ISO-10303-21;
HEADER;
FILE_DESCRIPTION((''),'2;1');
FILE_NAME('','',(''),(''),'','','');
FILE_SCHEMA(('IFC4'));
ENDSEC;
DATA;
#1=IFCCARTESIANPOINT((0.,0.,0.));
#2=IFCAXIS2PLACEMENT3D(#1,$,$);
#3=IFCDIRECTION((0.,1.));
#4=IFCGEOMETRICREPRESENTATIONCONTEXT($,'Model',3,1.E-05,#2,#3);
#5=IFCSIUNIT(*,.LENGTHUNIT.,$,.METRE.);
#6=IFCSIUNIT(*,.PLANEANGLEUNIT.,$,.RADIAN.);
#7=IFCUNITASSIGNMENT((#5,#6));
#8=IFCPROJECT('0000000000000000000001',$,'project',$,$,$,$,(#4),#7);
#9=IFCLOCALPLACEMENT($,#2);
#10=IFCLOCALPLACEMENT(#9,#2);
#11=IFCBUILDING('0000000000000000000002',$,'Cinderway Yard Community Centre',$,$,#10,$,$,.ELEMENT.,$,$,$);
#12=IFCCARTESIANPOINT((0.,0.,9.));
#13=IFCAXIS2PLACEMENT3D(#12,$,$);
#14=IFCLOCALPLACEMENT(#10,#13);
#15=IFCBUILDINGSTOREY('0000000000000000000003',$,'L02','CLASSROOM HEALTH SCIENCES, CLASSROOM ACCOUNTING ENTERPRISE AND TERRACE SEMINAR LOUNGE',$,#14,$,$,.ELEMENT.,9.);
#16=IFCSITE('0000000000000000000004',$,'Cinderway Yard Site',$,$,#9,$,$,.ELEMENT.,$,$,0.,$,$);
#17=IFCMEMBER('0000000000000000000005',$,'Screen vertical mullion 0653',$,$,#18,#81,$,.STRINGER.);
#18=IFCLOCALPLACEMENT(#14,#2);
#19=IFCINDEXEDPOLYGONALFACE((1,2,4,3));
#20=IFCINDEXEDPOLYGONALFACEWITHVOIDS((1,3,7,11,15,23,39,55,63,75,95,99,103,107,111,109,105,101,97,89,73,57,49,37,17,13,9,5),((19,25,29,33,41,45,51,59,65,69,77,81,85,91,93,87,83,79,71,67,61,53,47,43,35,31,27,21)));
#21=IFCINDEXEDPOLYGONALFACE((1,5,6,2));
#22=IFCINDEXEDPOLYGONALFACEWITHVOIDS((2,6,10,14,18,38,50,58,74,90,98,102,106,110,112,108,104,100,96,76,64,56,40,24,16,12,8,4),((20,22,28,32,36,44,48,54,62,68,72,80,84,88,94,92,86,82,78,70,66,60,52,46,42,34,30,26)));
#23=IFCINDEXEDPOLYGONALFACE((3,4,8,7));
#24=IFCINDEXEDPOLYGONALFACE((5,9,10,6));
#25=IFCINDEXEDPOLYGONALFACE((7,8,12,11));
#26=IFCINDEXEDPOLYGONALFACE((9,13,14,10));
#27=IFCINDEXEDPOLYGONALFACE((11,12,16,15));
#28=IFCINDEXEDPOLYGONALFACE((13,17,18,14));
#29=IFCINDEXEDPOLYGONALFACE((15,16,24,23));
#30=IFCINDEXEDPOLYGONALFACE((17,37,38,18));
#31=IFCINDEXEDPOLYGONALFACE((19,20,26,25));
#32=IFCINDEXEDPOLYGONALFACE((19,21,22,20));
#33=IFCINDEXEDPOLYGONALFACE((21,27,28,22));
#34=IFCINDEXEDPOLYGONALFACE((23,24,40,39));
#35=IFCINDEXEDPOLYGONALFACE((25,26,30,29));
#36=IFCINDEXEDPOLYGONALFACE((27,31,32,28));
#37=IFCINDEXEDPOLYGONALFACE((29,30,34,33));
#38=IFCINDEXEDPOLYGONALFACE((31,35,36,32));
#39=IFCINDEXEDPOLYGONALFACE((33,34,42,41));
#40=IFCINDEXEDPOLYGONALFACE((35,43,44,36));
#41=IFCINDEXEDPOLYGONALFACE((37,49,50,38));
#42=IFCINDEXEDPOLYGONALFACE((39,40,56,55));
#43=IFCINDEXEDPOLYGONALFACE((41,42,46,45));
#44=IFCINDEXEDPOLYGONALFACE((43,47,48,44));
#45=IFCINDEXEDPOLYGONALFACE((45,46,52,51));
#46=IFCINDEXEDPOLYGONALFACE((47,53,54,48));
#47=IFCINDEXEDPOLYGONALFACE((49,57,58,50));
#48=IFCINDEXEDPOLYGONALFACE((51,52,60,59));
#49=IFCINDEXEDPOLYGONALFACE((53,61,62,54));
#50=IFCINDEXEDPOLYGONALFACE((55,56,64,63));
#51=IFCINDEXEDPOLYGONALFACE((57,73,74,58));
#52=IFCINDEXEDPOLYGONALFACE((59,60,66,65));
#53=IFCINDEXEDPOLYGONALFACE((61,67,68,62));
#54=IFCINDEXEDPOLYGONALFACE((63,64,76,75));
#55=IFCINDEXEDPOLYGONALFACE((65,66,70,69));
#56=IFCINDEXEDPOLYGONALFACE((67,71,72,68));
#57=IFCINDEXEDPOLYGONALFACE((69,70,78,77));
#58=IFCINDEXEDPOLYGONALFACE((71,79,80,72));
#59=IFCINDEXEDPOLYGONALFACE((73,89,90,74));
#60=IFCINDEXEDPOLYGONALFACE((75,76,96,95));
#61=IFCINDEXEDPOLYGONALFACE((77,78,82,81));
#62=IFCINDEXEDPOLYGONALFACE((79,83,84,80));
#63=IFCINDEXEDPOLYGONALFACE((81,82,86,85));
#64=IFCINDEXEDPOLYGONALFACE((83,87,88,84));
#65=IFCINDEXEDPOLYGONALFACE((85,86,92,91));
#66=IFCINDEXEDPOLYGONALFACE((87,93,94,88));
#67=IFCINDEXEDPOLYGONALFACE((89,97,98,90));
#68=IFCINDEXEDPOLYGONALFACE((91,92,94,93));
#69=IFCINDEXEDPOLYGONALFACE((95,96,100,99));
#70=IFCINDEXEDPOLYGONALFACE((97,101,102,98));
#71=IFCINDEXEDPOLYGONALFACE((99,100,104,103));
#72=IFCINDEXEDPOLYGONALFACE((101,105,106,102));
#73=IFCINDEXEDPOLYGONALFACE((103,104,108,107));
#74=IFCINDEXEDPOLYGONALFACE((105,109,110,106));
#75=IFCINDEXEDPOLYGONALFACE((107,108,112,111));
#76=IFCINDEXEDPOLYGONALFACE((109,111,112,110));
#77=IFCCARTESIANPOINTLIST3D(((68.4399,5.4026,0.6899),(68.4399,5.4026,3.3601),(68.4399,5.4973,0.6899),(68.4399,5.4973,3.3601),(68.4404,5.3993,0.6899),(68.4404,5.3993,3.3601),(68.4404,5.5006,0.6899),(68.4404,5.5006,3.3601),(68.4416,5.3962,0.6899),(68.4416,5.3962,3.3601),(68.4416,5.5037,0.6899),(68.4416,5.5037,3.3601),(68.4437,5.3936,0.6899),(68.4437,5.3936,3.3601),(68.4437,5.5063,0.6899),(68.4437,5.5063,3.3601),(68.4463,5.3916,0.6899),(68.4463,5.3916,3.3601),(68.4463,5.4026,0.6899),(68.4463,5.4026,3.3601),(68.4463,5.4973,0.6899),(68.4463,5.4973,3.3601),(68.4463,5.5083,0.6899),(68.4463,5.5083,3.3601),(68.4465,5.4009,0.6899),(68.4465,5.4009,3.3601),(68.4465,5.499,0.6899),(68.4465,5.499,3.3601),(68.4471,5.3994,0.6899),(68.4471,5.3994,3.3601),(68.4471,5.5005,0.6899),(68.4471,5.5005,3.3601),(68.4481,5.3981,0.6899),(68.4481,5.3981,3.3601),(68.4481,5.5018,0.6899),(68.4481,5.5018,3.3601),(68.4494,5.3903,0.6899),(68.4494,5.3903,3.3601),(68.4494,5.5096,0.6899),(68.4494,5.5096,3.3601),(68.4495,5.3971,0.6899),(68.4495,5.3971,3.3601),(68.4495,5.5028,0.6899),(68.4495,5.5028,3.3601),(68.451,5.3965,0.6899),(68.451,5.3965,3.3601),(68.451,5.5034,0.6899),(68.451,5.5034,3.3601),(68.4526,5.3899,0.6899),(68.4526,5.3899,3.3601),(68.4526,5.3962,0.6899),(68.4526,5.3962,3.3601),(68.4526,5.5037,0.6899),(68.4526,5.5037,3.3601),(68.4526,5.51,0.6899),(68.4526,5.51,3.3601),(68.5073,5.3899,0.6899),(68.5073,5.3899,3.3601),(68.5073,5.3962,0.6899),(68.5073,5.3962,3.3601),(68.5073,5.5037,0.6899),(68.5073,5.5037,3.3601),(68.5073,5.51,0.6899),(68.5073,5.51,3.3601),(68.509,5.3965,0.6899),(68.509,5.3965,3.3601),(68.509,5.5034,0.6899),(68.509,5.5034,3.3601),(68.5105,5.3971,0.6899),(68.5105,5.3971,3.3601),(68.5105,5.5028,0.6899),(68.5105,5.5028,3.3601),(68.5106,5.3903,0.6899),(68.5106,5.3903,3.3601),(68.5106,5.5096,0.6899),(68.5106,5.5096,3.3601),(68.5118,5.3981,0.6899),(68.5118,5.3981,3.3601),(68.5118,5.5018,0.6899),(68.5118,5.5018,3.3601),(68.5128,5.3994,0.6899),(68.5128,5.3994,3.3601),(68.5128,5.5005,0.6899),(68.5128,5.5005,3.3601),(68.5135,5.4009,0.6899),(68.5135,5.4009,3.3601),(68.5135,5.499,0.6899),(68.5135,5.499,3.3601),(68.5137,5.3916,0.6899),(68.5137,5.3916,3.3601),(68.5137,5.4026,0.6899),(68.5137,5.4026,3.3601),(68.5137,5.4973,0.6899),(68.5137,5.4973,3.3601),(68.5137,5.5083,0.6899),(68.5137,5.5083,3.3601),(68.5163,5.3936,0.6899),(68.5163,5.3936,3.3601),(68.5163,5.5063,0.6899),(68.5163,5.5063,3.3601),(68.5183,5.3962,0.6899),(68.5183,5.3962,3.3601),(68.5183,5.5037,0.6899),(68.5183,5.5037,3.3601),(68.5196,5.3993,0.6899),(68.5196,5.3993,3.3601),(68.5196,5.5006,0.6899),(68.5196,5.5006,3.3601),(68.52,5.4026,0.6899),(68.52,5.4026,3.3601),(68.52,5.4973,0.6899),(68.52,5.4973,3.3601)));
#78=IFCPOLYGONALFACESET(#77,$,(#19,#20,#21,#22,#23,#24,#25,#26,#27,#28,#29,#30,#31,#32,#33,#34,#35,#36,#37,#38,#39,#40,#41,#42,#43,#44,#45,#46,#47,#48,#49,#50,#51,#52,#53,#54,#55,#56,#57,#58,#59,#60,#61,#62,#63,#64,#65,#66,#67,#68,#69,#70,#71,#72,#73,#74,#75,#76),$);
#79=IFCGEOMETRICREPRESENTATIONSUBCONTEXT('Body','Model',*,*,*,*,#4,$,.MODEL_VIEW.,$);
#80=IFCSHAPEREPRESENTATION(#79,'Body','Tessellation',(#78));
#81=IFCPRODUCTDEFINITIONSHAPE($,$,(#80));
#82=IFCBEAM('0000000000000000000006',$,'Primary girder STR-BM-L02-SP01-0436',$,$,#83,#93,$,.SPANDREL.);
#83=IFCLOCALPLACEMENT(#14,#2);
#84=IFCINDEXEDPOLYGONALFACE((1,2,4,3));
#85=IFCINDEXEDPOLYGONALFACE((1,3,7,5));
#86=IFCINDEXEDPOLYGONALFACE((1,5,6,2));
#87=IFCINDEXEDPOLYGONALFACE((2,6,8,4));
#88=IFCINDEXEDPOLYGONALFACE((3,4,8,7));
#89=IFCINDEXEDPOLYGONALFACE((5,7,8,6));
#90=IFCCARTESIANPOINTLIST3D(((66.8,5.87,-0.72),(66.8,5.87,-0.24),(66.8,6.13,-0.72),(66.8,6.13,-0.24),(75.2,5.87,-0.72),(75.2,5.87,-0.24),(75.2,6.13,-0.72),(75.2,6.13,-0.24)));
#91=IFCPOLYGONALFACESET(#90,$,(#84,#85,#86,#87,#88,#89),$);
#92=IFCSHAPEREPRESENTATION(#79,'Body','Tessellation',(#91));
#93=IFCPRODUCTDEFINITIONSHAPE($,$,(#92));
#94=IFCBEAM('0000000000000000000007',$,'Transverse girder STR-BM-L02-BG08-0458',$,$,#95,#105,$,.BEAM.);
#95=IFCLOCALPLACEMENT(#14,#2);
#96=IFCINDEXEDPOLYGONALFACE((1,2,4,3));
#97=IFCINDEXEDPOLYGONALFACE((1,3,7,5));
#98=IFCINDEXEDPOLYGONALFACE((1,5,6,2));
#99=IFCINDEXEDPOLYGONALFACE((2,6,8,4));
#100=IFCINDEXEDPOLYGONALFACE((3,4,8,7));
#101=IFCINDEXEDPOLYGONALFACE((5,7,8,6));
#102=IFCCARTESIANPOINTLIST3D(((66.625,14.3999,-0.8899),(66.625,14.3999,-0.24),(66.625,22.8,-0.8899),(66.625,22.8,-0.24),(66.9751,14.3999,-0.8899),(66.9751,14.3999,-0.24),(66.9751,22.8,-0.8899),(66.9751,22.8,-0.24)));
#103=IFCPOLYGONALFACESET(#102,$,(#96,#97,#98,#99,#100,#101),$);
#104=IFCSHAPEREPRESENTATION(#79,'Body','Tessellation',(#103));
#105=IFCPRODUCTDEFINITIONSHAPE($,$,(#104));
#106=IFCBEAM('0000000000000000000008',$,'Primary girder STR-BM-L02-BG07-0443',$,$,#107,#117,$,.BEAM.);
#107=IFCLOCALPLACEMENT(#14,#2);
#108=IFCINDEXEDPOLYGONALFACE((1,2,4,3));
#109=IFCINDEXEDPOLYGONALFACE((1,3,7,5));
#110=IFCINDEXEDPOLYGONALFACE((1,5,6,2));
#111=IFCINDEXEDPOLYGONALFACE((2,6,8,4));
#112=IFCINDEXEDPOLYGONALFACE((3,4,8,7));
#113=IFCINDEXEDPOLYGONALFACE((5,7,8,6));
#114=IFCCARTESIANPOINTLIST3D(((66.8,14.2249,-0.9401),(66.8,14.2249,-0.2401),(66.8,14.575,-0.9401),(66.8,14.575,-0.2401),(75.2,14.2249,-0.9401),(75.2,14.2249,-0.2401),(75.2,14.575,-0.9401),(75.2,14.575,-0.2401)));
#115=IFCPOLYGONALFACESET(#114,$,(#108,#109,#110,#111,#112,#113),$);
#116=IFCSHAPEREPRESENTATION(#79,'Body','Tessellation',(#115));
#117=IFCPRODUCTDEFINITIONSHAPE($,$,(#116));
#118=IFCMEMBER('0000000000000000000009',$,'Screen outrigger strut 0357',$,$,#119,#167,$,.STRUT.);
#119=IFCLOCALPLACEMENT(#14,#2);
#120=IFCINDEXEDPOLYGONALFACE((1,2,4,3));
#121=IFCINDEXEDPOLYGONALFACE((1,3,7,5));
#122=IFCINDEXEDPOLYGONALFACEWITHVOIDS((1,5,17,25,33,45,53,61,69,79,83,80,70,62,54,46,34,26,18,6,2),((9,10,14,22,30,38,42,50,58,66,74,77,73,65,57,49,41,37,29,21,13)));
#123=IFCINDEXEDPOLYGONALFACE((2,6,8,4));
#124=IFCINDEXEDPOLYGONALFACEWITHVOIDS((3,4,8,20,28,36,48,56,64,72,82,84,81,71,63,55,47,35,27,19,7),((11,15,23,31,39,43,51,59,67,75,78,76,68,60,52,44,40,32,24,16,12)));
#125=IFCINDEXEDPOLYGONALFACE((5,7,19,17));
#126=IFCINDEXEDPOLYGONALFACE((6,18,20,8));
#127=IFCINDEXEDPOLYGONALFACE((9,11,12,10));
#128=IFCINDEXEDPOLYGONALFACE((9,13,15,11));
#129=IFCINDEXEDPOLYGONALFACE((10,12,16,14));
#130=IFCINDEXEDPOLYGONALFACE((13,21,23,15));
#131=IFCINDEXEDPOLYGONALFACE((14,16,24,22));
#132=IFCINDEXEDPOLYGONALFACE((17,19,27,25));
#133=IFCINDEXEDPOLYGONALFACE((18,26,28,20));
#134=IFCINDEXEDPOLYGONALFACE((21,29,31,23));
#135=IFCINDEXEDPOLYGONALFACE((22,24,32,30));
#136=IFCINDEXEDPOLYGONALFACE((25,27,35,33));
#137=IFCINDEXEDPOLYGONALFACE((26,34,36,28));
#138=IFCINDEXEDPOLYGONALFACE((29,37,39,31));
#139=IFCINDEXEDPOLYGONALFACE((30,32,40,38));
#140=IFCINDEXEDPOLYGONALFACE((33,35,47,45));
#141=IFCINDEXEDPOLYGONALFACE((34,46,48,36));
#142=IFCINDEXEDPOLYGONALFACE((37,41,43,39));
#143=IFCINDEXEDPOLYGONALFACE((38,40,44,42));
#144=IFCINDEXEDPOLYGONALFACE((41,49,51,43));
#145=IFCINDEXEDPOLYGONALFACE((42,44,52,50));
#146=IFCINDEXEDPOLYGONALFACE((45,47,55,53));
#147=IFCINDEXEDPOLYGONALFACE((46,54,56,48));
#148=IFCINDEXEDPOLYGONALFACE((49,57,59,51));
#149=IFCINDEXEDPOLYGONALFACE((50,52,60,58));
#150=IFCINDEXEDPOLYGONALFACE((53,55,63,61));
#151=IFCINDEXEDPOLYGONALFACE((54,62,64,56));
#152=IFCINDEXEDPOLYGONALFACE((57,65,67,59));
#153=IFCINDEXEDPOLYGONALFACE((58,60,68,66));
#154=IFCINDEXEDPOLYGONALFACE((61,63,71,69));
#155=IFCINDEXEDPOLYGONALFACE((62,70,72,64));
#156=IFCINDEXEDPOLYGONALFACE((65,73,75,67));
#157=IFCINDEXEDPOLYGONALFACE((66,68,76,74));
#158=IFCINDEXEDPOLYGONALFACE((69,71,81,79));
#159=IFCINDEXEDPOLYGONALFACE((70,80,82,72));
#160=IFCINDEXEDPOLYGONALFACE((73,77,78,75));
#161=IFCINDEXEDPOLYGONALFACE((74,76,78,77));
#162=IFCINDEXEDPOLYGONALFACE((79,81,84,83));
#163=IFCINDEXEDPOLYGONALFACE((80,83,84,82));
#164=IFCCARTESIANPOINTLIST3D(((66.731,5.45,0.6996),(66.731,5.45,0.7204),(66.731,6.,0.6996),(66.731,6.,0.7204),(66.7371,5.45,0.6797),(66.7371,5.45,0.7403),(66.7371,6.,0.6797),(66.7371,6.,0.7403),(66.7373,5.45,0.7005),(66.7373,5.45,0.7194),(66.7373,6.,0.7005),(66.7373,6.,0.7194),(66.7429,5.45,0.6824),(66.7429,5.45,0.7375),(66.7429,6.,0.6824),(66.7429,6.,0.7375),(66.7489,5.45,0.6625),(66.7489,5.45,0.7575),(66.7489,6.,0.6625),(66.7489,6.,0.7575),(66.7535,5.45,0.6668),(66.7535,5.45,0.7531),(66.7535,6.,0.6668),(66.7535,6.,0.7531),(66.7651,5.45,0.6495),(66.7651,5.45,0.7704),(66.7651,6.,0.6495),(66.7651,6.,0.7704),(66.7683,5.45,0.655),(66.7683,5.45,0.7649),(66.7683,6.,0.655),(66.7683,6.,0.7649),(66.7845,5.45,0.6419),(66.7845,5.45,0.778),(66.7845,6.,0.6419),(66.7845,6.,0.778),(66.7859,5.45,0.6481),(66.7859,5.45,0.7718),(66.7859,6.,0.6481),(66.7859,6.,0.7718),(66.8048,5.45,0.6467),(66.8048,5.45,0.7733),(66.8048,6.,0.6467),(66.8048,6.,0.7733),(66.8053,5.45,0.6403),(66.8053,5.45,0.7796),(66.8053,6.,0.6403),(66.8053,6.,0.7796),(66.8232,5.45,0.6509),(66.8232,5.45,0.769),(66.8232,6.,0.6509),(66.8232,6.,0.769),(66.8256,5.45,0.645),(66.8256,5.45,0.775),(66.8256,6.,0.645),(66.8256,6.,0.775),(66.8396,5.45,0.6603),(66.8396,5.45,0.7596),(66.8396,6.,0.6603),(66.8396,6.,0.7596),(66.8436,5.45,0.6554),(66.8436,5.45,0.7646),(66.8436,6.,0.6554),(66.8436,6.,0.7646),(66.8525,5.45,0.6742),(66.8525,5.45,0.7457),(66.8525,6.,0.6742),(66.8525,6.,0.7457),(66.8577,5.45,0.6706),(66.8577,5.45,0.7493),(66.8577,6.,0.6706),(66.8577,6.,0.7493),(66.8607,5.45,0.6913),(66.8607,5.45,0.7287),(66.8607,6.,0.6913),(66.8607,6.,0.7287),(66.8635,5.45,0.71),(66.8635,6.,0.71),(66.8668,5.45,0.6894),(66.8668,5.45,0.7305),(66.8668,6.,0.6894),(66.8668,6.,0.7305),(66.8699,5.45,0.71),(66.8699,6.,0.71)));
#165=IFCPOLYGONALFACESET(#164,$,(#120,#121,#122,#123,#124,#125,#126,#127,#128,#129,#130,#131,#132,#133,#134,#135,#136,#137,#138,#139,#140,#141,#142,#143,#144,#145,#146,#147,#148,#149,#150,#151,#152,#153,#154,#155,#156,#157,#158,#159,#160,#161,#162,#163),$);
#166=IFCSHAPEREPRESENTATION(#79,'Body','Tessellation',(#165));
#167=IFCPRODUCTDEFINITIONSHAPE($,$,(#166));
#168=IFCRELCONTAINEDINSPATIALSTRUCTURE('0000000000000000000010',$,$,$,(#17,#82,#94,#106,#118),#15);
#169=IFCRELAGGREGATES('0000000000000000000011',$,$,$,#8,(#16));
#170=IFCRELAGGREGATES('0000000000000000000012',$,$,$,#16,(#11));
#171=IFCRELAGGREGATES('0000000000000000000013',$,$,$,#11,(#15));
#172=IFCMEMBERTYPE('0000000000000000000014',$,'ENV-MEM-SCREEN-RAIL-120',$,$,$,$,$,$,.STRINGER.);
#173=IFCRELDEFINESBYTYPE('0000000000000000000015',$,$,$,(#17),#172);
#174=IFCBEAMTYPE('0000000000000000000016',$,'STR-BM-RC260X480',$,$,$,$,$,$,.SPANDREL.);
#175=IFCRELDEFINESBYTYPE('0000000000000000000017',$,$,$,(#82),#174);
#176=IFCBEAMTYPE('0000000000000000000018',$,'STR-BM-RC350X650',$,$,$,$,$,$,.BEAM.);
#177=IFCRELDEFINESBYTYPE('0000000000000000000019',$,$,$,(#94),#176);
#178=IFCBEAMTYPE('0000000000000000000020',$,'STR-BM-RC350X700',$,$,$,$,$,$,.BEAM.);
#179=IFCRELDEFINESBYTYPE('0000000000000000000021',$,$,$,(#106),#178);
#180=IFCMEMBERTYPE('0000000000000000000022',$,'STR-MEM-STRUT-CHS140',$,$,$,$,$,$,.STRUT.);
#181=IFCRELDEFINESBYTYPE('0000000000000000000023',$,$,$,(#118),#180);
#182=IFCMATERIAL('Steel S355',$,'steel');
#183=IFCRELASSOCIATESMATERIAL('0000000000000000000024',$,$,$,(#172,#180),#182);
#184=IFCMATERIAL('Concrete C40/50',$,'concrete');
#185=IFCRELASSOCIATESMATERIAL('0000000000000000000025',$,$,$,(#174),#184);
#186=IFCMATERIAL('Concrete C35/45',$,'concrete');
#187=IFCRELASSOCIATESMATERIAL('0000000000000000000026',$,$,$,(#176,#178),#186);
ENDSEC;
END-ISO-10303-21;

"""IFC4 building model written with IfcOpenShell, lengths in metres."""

from ifc_helpers import new_model, si_unit, direction, frame, origin, origin_2d, place, context, subcontext, project, spatial, rectangle, hollow_rectangle, hollow_circle, extrude, material, material_profile, profile_set, type_object, element, save


model = new_model("IFC4")

# Units and contexts
model_context = context("Model", 3, precision=1e-05, world=origin(), true_north=direction((0.0, 1.0)))
body_context = subcontext(model_context, "Body", "Model", "MODEL_VIEW")
ifc_project = project(units=[si_unit("LENGTHUNIT", "METRE"), si_unit("PLANEANGLEUNIT", "RADIAN")], contexts=[model_context])

# Site, building, storey
site_placement = place(None, origin())
site = spatial("IfcSite", under=ifc_project, at=site_placement, Name="Cinderway Yard Site", CompositionType="ELEMENT", RefElevation=0.0)
building_placement = place(site_placement, origin())
building = spatial("IfcBuilding", under=site, at=building_placement, Name="Cinderway Yard Community Centre", CompositionType="ELEMENT")
storey_placement = place(building_placement, frame((0.0, 0.0, 9.0)))
storey = spatial("IfcBuildingStorey", under=building, at=storey_placement, Name="L02", Description="CLASSROOM HEALTH SCIENCES, CLASSROOM ACCOUNTING ENTERPRISE AND TERRACE SEMINAR LOUNGE", CompositionType="ELEMENT", Elevation=9.0)

# Shared definitions
ifc_material_1 = material(Name="Concrete C40/50", Category="concrete")

# Member
ifc_material_2 = material(Name="Steel S355", Category="steel")
ifc_material_profile_1 = material_profile(ifc_material_2, hollow_rectangle(XDim=0.0801, YDim=0.1201, WallThickness=0.0063, InnerFilletRadius=0.0063, OuterFilletRadius=0.0127, at=origin_2d()), Name="Steel S355")
ifc_profile_set_1 = profile_set([ifc_material_profile_1], Name="Steel S355")
member_type_1 = type_object("IfcMemberType", Name="ENV-MEM-SCREEN-RAIL-120", PredefinedType="STRINGER", material=ifc_profile_set_1)
member_placement = place(storey_placement, frame((68.48, 5.45, 0.6899), z_axis=(0.0, 0.0, 1.0), x_axis=(1.0, 0.0, 0.0)))
element("IfcMember", 1, at=member_placement, inside=storey, type_object=member_type_1, Name="Screen vertical mullion 0653", PredefinedType="STRINGER", context=body_context, shape_type="SweptSolid", body=[
    extrude(hollow_rectangle(XDim=0.0801, YDim=0.1201, WallThickness=0.0063, InnerFilletRadius=0.0063, OuterFilletRadius=0.0127, at=origin_2d()), origin(), (0.0, 0.0, 1.0), 2.6702),
])

# Beams
ifc_material_profile_2 = material_profile(ifc_material_1, rectangle(XDim=0.26, YDim=0.48, at=origin_2d()), Name="Concrete C40/50")
ifc_profile_set_2 = profile_set([ifc_material_profile_2], Name="Concrete C40/50")
beam_type_1 = type_object("IfcBeamType", Name="STR-BM-RC260X480", PredefinedType="SPANDREL", material=ifc_profile_set_2)
beam_1_placement = place(storey_placement, frame((66.8, 6.0, -0.48), z_axis=(1.0, 0.0, 0.0), x_axis=(0.0, 1.0, 0.0)))
element("IfcBeam", 2, at=beam_1_placement, inside=storey, type_object=beam_type_1, Name="Primary girder STR-BM-L02-SP01-0436", PredefinedType="SPANDREL", context=body_context, shape_type="SweptSolid", body=[
    extrude(rectangle(XDim=0.26, YDim=0.48, at=origin_2d()), origin(), (0.0, 0.0, 1.0), 8.3999),
])
ifc_material_3 = material(Name="Concrete C35/45", Category="concrete")
ifc_material_profile_3 = material_profile(ifc_material_3, rectangle(XDim=0.3501, YDim=0.6499, at=origin_2d()), Name="Concrete C35/45")
ifc_profile_set_3 = profile_set([ifc_material_profile_3], Name="Concrete C35/45")
beam_type_2 = type_object("IfcBeamType", Name="STR-BM-RC350X650", PredefinedType="BEAM", material=ifc_profile_set_3)
beam_2_placement = place(storey_placement, frame((66.8, 14.3999, -0.5649), z_axis=(0.0, 1.0, 0.0), x_axis=(-1.0, 0.0, 0.0)))
element("IfcBeam", 3, at=beam_2_placement, inside=storey, type_object=beam_type_2, Name="Transverse girder STR-BM-L02-BG08-0458", PredefinedType="BEAM", context=body_context, shape_type="SweptSolid", body=[
    extrude(rectangle(XDim=0.3501, YDim=0.6499, at=origin_2d()), origin(), (0.0, 0.0, 1.0), 8.4001),
])
ifc_material_profile_4 = material_profile(ifc_material_3, rectangle(XDim=0.3501, YDim=0.7, at=origin_2d()), Name="Concrete C35/45")
ifc_profile_set_4 = profile_set([ifc_material_profile_4], Name="Concrete C35/45")
beam_type_3 = type_object("IfcBeamType", Name="STR-BM-RC350X700", PredefinedType="BEAM", material=ifc_profile_set_4)
beam_3_placement = place(storey_placement, frame((66.8, 14.3999, -0.5901), z_axis=(1.0, 0.0, 0.0), x_axis=(0.0, 1.0, 0.0)))
element("IfcBeam", 4, at=beam_3_placement, inside=storey, type_object=beam_type_3, Name="Primary girder STR-BM-L02-BG07-0443", PredefinedType="BEAM", context=body_context, shape_type="SweptSolid", body=[
    extrude(rectangle(XDim=0.3501, YDim=0.7, at=origin_2d()), origin(), (0.0, 0.0, 1.0), 8.3999),
])

# Member
ifc_material_profile_5 = material_profile(ifc_material_2, hollow_circle(Radius=0.0698, WallThickness=0.0063, at=origin_2d()), Name="Steel S355")
ifc_profile_set_5 = profile_set([ifc_material_profile_5], Name="Steel S355")
member_type_2 = type_object("IfcMemberType", Name="STR-MEM-STRUT-CHS140", PredefinedType="STRUT", material=ifc_profile_set_5)
for number, where, z_axis, x_axis, name in (
    (5, (66.8, 6.0, 0.71), (0.0, -1.0, 0.0), (1.0, 0.0, 0.0), "Screen outrigger strut 0357"),
):
    element("IfcMember", number, at=place(storey_placement, frame(where, z_axis=z_axis, x_axis=x_axis)), inside=storey, type_object=member_type_2, Name=name, PredefinedType="STRUT", context=body_context, shape_type="SweptSolid", body=[
        extrude(hollow_circle(Radius=0.0698, WallThickness=0.0063, at=origin_2d()), origin(), (0.0, 0.0, 1.0), 0.55),
    ])

save(model, "model.ifc")
